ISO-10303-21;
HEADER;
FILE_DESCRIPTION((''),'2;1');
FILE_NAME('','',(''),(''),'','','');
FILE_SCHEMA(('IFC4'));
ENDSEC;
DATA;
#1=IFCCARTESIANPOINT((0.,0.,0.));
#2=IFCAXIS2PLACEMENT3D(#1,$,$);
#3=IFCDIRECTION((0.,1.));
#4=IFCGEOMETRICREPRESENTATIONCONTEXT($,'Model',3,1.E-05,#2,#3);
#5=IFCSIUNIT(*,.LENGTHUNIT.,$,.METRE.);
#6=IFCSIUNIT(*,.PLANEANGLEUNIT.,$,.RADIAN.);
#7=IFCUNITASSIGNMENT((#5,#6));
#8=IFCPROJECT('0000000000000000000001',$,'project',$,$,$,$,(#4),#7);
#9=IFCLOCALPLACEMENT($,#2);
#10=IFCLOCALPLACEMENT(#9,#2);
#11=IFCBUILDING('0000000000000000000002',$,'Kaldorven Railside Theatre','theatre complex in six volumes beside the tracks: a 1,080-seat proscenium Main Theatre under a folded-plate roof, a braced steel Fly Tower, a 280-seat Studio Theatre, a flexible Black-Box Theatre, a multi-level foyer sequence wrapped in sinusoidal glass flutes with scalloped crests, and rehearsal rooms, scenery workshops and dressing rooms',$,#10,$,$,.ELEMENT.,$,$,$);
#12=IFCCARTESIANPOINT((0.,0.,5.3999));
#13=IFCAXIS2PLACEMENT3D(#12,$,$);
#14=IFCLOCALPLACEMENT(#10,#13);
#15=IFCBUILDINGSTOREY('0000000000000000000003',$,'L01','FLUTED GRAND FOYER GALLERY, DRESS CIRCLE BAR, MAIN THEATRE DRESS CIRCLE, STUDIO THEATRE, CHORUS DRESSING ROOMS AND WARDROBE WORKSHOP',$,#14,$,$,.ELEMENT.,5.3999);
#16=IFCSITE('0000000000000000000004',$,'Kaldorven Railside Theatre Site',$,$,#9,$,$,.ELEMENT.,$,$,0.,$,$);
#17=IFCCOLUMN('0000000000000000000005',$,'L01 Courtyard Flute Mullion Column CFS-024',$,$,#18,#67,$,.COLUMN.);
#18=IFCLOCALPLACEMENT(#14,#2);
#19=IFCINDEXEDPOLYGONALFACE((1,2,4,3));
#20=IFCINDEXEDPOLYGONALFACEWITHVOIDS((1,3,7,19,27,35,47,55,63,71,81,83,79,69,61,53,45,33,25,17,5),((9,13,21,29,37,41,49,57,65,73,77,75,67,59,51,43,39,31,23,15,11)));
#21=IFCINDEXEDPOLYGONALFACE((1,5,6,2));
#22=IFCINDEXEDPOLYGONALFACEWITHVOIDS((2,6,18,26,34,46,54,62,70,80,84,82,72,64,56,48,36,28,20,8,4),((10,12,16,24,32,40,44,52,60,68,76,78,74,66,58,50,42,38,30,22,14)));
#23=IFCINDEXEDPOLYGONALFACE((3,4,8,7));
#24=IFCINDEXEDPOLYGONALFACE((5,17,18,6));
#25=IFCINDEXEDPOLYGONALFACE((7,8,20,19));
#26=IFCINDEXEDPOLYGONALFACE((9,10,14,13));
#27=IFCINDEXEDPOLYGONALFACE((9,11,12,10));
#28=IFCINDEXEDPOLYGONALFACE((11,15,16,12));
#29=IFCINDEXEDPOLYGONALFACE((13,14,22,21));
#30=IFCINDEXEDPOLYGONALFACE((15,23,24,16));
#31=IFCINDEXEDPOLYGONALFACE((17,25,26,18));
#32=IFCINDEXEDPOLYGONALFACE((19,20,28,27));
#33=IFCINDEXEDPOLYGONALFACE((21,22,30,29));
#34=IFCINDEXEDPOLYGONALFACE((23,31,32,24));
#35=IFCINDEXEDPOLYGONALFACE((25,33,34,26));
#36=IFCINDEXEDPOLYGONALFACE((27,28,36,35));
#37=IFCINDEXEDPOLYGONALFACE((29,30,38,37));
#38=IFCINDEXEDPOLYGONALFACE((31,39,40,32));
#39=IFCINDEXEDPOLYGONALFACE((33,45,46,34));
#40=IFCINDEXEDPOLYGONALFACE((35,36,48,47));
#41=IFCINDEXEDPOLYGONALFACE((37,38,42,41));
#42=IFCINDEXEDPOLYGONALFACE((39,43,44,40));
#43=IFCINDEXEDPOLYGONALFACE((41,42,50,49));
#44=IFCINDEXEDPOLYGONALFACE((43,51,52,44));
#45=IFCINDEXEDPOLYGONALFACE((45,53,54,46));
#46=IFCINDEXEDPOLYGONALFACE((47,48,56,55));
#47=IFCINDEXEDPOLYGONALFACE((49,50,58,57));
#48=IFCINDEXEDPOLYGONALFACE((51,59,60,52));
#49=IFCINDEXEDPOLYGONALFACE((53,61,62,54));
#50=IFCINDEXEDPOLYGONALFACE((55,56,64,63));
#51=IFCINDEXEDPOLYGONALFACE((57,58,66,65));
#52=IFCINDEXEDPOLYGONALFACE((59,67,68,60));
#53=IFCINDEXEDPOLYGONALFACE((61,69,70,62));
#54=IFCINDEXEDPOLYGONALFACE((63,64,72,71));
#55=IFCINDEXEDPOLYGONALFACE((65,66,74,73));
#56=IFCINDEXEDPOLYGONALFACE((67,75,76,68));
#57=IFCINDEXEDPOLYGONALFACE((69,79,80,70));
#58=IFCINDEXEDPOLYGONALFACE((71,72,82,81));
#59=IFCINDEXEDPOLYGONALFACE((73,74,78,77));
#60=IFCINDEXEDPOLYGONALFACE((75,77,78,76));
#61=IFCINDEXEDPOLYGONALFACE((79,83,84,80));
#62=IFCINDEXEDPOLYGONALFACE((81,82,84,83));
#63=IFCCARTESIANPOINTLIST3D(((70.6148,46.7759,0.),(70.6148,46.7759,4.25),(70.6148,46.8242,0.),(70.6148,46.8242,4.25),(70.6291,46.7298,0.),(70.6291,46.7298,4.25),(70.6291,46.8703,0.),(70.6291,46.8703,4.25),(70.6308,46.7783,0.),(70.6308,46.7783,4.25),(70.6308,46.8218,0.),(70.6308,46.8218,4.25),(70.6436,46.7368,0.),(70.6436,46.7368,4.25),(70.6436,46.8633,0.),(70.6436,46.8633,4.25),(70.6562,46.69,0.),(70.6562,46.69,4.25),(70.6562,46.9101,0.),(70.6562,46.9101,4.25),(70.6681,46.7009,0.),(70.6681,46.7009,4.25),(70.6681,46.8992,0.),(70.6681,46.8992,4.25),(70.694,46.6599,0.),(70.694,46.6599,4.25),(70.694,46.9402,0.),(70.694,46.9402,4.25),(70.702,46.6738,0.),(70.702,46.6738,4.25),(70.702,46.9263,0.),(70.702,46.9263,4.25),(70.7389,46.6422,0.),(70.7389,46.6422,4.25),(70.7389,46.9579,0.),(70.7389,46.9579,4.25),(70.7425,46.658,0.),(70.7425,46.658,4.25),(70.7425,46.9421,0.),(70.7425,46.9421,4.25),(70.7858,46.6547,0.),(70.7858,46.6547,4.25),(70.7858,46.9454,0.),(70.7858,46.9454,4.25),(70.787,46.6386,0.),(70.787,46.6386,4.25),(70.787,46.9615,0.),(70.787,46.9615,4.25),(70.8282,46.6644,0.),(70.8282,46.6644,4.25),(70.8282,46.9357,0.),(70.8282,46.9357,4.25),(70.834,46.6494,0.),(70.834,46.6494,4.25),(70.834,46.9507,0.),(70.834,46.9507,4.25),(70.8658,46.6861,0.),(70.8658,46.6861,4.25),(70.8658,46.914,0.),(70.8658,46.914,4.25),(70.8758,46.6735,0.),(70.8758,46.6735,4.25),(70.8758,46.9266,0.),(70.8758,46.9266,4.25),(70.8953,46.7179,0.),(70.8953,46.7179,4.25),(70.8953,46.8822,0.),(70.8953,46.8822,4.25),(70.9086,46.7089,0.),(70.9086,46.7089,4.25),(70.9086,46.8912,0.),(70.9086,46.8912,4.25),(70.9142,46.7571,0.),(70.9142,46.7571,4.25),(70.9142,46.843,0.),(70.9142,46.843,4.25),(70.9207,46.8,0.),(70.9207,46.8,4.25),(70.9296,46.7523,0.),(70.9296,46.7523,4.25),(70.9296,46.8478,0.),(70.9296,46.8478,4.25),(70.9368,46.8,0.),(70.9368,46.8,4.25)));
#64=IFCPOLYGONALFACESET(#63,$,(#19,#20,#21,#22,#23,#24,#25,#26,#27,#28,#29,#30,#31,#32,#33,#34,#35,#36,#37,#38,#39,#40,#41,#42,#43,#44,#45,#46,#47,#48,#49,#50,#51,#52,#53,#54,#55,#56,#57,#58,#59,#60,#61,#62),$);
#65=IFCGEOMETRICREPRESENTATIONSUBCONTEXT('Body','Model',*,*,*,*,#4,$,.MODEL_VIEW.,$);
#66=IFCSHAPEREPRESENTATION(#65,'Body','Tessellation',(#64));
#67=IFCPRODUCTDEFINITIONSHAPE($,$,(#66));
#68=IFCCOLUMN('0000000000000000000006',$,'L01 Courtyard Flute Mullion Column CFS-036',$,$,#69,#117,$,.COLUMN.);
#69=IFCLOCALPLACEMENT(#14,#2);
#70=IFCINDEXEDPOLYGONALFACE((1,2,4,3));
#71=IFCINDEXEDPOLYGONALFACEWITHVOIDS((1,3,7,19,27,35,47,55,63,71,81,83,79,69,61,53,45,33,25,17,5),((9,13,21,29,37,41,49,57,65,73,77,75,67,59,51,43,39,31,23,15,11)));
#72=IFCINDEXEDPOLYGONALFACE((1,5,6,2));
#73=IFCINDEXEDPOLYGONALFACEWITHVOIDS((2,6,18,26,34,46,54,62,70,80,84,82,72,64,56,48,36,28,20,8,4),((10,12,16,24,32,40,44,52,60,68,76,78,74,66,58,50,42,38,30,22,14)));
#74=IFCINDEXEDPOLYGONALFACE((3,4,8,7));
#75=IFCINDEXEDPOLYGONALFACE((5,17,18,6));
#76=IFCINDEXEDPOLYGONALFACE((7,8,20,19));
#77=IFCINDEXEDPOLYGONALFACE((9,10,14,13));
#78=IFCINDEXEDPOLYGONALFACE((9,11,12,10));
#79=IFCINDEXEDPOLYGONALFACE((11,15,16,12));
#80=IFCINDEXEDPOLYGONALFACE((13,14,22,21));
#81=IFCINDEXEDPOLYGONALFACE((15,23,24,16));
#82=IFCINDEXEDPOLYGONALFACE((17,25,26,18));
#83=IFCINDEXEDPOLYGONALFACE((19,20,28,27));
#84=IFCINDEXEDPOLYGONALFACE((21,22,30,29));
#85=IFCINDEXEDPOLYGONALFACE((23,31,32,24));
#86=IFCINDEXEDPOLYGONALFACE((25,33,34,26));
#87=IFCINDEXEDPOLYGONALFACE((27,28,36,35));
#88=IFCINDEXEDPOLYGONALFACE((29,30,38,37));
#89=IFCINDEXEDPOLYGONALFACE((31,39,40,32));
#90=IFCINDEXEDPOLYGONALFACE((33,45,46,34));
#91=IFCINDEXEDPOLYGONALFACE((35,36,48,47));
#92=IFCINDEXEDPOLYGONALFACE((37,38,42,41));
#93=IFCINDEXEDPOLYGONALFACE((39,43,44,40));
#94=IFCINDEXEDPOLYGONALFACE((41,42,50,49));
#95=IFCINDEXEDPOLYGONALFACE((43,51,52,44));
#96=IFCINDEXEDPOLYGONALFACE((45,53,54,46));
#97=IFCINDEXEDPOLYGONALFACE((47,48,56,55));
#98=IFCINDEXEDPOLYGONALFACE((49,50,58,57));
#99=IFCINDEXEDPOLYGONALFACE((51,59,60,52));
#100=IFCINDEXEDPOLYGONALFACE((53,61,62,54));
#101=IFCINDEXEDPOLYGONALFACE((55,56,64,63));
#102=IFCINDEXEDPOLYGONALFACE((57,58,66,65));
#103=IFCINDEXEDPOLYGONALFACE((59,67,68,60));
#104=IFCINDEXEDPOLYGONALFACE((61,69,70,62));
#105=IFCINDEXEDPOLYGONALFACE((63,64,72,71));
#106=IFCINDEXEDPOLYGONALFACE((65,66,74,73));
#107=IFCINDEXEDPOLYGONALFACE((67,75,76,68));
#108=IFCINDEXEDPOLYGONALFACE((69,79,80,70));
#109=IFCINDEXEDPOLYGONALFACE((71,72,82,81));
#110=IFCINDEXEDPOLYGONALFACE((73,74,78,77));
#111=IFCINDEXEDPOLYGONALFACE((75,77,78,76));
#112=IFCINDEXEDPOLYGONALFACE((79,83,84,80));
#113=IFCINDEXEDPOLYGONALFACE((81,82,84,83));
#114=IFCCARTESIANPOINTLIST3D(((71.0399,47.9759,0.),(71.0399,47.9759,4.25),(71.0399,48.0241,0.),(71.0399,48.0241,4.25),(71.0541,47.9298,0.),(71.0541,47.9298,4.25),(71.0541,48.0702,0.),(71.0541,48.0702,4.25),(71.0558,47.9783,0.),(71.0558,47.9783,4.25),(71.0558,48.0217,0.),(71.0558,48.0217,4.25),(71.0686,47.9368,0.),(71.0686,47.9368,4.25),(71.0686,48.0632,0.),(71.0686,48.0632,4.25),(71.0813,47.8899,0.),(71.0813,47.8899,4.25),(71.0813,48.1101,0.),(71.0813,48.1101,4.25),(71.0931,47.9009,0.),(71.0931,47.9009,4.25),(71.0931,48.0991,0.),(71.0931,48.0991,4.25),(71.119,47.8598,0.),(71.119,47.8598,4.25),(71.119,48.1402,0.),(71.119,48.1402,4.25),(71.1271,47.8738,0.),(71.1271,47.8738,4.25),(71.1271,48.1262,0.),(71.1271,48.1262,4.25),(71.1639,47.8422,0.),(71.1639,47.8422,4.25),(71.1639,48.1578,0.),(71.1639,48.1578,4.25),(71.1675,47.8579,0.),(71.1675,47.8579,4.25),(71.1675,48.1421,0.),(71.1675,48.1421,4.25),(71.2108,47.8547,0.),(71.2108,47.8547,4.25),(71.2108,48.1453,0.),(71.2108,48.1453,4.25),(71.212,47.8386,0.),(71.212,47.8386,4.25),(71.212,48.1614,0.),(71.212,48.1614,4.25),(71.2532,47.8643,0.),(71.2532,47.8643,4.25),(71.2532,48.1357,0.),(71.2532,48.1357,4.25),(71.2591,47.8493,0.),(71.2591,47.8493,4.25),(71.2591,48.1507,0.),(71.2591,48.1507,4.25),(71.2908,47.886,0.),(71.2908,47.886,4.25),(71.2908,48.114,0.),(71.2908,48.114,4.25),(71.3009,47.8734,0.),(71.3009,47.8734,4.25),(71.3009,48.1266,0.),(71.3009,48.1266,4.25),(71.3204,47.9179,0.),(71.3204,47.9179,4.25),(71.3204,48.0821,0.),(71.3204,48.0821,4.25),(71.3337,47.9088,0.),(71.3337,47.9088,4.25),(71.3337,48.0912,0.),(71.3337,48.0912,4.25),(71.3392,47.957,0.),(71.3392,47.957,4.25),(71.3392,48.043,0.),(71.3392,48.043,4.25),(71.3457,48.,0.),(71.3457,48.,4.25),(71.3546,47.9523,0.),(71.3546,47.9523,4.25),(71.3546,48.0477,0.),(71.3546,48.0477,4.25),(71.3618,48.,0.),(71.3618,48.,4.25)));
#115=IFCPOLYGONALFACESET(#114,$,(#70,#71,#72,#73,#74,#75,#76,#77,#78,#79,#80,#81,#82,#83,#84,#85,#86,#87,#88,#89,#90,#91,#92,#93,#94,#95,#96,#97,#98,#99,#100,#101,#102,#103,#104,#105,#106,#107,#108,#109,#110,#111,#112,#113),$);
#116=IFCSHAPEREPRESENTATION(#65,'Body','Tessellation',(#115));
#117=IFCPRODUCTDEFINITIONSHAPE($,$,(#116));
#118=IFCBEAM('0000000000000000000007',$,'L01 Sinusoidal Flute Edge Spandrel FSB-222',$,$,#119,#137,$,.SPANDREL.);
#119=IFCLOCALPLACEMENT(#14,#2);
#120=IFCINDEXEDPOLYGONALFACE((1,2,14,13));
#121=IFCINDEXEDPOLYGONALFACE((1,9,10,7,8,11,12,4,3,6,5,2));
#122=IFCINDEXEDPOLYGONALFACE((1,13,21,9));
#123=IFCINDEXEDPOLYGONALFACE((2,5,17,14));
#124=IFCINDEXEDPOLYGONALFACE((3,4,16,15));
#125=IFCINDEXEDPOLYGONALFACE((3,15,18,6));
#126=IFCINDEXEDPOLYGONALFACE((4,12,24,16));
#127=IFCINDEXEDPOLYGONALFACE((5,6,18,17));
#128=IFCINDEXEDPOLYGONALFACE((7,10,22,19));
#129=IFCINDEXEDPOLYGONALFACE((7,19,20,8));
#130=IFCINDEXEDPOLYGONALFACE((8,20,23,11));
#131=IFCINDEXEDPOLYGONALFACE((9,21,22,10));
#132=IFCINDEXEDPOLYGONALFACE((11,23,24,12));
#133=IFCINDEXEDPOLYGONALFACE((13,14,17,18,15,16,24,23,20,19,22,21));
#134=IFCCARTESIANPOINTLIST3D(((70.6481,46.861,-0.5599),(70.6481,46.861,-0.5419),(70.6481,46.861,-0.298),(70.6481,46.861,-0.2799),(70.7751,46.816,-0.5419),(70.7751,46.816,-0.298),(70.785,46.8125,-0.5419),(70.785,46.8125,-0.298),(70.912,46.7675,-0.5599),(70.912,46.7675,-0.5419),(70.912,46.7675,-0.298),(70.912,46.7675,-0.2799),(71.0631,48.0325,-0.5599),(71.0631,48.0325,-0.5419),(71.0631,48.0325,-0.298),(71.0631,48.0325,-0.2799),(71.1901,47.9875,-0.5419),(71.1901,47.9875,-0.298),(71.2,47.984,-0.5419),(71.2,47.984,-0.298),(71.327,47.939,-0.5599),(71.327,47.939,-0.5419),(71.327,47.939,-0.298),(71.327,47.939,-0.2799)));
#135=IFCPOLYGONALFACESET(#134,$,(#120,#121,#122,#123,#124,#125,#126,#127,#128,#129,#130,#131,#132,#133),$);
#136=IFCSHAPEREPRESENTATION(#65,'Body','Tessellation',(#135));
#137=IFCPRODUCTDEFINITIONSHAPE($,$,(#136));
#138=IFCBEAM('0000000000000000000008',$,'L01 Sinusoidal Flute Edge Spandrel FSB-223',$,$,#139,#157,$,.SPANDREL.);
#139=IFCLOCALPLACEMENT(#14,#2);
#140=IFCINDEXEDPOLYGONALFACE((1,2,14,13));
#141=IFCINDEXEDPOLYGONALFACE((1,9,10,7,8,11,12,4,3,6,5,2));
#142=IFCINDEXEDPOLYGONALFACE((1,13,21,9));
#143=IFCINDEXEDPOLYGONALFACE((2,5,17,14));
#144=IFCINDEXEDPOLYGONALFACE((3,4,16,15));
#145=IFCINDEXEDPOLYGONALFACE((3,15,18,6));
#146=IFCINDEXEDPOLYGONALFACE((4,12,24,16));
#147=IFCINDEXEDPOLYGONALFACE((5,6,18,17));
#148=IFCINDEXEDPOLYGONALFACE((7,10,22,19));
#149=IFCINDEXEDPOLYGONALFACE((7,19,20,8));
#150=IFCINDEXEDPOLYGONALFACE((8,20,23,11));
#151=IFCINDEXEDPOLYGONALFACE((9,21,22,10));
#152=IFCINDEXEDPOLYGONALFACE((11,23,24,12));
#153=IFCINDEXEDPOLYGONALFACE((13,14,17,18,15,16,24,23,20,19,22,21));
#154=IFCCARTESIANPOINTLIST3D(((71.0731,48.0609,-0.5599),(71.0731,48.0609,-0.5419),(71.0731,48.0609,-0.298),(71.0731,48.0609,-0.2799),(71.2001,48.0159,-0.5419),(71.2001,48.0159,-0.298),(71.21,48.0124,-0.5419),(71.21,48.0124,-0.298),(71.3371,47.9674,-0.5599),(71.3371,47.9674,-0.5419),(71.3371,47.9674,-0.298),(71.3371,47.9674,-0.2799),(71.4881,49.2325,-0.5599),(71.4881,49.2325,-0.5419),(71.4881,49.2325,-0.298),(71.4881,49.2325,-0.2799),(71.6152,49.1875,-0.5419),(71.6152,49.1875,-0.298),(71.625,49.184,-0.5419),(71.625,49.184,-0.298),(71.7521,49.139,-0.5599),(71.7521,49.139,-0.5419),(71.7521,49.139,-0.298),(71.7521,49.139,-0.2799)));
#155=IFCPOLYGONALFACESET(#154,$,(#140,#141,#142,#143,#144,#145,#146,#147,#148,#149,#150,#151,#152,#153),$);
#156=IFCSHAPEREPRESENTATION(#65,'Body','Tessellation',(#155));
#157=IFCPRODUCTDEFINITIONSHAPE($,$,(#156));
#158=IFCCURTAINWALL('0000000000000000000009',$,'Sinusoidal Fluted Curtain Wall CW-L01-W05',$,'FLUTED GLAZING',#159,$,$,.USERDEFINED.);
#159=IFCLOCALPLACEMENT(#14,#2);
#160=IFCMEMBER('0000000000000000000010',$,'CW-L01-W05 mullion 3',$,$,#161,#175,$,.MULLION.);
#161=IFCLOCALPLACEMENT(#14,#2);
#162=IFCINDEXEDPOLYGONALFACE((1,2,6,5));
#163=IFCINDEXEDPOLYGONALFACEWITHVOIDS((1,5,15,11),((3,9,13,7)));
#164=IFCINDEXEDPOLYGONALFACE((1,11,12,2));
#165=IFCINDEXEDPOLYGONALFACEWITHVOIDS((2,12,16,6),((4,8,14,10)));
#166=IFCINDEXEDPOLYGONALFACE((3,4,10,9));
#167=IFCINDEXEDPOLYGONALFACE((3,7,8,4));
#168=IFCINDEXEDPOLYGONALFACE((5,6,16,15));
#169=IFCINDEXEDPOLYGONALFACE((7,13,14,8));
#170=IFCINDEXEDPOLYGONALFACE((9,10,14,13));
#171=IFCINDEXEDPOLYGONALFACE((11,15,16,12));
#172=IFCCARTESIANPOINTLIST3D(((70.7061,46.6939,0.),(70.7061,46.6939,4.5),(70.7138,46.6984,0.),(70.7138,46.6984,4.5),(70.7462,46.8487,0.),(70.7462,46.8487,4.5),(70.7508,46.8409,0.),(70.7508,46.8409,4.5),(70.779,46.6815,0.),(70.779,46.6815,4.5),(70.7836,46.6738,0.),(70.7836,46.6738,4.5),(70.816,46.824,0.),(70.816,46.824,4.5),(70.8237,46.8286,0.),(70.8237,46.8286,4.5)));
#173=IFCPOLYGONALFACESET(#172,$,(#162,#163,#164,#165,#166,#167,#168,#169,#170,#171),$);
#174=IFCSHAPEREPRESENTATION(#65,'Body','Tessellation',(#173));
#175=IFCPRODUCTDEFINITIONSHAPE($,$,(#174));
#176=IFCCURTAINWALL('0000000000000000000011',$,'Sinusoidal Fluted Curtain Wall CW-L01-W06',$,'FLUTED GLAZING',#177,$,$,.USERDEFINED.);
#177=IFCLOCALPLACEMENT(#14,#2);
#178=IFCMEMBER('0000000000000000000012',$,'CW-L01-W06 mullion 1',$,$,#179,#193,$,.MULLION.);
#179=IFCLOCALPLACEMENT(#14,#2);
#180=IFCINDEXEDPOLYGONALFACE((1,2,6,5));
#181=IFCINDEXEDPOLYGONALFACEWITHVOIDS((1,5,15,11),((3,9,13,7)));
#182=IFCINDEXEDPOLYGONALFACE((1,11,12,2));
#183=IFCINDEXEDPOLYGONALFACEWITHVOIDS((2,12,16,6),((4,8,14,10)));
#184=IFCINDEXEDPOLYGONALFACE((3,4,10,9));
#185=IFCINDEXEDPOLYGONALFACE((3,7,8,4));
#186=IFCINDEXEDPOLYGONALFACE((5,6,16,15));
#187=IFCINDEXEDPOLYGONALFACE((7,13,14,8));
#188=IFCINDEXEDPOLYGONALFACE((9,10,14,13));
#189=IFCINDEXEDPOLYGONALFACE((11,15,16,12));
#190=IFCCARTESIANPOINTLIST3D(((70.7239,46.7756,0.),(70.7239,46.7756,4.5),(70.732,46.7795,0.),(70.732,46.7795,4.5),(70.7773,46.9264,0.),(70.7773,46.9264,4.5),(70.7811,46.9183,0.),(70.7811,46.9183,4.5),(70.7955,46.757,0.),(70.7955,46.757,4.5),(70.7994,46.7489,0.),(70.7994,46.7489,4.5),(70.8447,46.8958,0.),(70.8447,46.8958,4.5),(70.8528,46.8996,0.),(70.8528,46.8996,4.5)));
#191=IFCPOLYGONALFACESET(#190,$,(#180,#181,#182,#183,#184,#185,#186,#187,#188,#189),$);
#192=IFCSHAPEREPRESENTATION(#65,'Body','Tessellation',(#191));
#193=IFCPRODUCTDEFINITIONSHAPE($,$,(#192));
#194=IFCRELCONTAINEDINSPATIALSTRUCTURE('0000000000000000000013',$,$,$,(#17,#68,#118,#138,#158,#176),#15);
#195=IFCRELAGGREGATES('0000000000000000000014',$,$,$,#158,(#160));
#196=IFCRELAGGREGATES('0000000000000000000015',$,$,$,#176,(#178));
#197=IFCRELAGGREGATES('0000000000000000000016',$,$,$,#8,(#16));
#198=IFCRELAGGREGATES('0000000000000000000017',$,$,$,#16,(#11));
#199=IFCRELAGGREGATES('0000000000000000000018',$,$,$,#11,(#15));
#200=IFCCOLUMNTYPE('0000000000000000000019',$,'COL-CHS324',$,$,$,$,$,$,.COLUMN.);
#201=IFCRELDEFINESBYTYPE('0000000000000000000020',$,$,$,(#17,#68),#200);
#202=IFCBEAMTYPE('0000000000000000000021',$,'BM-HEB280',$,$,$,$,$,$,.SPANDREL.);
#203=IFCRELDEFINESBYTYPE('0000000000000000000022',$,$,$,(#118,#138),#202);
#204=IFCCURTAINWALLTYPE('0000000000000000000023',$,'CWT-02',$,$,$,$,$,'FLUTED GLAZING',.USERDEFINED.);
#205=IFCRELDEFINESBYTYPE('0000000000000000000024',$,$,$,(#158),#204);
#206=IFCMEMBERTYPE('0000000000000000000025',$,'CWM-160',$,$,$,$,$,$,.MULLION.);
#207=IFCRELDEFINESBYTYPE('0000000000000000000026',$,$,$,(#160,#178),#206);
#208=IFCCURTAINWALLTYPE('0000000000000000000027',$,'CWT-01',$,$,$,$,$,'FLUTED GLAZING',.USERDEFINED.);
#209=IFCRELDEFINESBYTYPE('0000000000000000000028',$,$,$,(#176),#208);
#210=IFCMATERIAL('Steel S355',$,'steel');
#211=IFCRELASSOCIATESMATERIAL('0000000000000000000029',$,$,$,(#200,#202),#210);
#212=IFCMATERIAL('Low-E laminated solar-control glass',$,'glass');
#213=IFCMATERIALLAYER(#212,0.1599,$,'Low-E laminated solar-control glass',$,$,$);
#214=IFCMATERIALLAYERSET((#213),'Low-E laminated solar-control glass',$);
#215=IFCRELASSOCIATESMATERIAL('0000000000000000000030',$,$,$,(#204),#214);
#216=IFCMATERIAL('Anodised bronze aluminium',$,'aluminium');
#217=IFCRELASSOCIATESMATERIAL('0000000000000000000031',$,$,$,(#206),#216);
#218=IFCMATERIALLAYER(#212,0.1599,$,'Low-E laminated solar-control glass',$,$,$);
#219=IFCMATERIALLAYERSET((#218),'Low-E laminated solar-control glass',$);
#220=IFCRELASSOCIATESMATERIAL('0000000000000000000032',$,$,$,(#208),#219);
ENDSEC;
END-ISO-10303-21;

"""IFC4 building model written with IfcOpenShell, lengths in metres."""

from ifc_helpers import new_model, si_unit, direction, frame, origin, origin_2d, place, context, subcontext, project, spatial, hollow_rectangle, hollow_circle, i_section, extrude, material, layer, layer_set, material_profile, profile_set, type_object, element, aggregate, save


model = new_model("IFC4")

# Units and contexts
model_context = context("Model", 3, precision=1e-05, world=origin(), true_north=direction((0.0, 1.0)))
body_context = subcontext(model_context, "Body", "Model", "MODEL_VIEW")
ifc_project = project(units=[si_unit("LENGTHUNIT", "METRE"), si_unit("PLANEANGLEUNIT", "RADIAN")], contexts=[model_context])

# Site, building, storey
site_placement = place(None, origin())
site = spatial("IfcSite", under=ifc_project, at=site_placement, Name="Kaldorven Railside Theatre Site", CompositionType="ELEMENT", RefElevation=0.0)
building_placement = place(site_placement, origin())
building = spatial("IfcBuilding", under=site, at=building_placement, Name="Kaldorven Railside Theatre", Description="theatre complex in six volumes beside the tracks: a 1,080-seat proscenium Main Theatre under a folded-plate roof, a braced steel Fly Tower, a 280-seat Studio Theatre, a flexible Black-Box Theatre, a multi-level foyer sequence wrapped in sinusoidal glass flutes with scalloped crests, and rehearsal rooms, scenery workshops and dressing rooms", CompositionType="ELEMENT")
storey_placement = place(building_placement, frame((0.0, 0.0, 5.3999)))
storey = spatial("IfcBuildingStorey", under=building, at=storey_placement, Name="L01", Description="FLUTED GRAND FOYER GALLERY, DRESS CIRCLE BAR, MAIN THEATRE DRESS CIRCLE, STUDIO THEATRE, CHORUS DRESSING ROOMS AND WARDROBE WORKSHOP", CompositionType="ELEMENT", Elevation=5.3999)

# Columns
ifc_material_1 = material(Name="Steel S355", Category="steel")
ifc_material_profile_1 = material_profile(ifc_material_1, hollow_circle(Radius=0.1619, WallThickness=0.0161, at=origin_2d()), Name="CHS 323.9x16")
ifc_profile_set_1 = profile_set([ifc_material_profile_1], Name="Steel S355")
column_type = type_object("IfcColumnType", Name="COL-CHS324", PredefinedType="COLUMN", material=ifc_profile_set_1)
for number, where, z_axis, x_axis, name in (
    (1, (70.7749, 46.8, 0.0), (0.0, 0.0, 1.0), (1.0, 0.0, 0.0), "L01 Courtyard Flute Mullion Column CFS-024"),
    (2, (71.2, 48.0, 0.0), (0.0, 0.0, 1.0), (1.0, 0.0, 0.0), "L01 Courtyard Flute Mullion Column CFS-036"),
):
    element("IfcColumn", number, at=place(storey_placement, frame(where, z_axis=z_axis, x_axis=x_axis)), inside=storey, type_object=column_type, Name=name, PredefinedType="COLUMN", context=body_context, shape_type="SweptSolid", body=[
        extrude(hollow_circle(Radius=0.1619, WallThickness=0.0161, at=origin_2d()), origin(), (0.0, 0.0, 1.0), 4.25),
    ])

# Beams
ifc_material_profile_2 = material_profile(ifc_material_1, i_section(OverallWidth=0.28, OverallDepth=0.28, WebThickness=0.0105, FlangeThickness=0.0181, at=origin_2d()), Name="HEB 280")
ifc_profile_set_2 = profile_set([ifc_material_profile_2], Name="Steel S355")
beam_type = type_object("IfcBeamType", Name="BM-HEB280", PredefinedType="SPANDREL", material=ifc_profile_set_2)
for number, where, z_axis, x_axis, name in (
    (3, (70.78, 46.8142, -0.4199), (0.333909, 0.942605, 0.0), (-0.942605, 0.333909, 0.0), "L01 Sinusoidal Flute Edge Spandrel FSB-222"),
    (4, (71.2051, 48.0142, -0.4199), (0.333909, 0.942605, 0.0), (-0.942605, 0.333909, 0.0), "L01 Sinusoidal Flute Edge Spandrel FSB-223"),
):
    element("IfcBeam", number, at=place(storey_placement, frame(where, z_axis=z_axis, x_axis=x_axis)), inside=storey, type_object=beam_type, Name=name, PredefinedType="SPANDREL", context=body_context, shape_type="SweptSolid", body=[
        extrude(i_section(OverallWidth=0.28, OverallDepth=0.28, WebThickness=0.0105, FlangeThickness=0.0181, at=origin_2d()), origin(), (0.0, 0.0, 1.0), 1.2429),
    ])

# Curtain wall, member
ifc_material_2 = material(Name="Low-E laminated solar-control glass", Category="glass")
ifc_layer_1 = layer(ifc_material_2, 0.1599, Name="Low-E laminated solar-control glass")
ifc_layer_set_1 = layer_set([ifc_layer_1], Name="Low-E laminated solar-control glass")
curtain_wall_type_1 = type_object("IfcCurtainWallType", Name="CWT-02", ElementType="FLUTED GLAZING", PredefinedType="USERDEFINED", material=ifc_layer_set_1)
curtain_wall_1_placement = place(storey_placement, origin())
curtain_wall_1 = element("IfcCurtainWall", 5, at=curtain_wall_1_placement, inside=storey, type_object=curtain_wall_type_1, Name="Sinusoidal Fluted Curtain Wall CW-L01-W05", ObjectType="FLUTED GLAZING", PredefinedType="USERDEFINED")
ifc_material_3 = material(Name="Anodised bronze aluminium", Category="aluminium")
ifc_material_profile_3 = material_profile(ifc_material_3, hollow_rectangle(XDim=0.0801, YDim=0.1599, WallThickness=0.0063, at=origin_2d()), Name="RHS 160x80x6.3")
ifc_profile_set_3 = profile_set([ifc_material_profile_3], Name="Anodised bronze aluminium")
member_type_1 = type_object("IfcMemberType", Name="CWM-160", PredefinedType="MULLION", material=ifc_profile_set_3)
member_1_placement = place(storey_placement, frame((70.7649, 46.7612, 0.0), z_axis=(0.0, 0.0, 1.0), x_axis=(-0.967999, 0.250954, 0.0)))
member_1 = element("IfcMember", 6, at=member_1_placement, type_object=member_type_1, Name="CW-L01-W05 mullion 3", PredefinedType="MULLION", context=body_context, shape_type="SweptSolid", body=[
    extrude(hollow_rectangle(XDim=0.0801, YDim=0.1599, WallThickness=0.0063, at=origin_2d()), origin(), (0.0, 0.0, 1.0), 4.5),
])

# Curtain wall, member
ifc_layer_2 = layer(ifc_material_2, 0.1599, Name="Low-E laminated solar-control glass")
ifc_layer_set_2 = layer_set([ifc_layer_2], Name="Low-E laminated solar-control glass")
curtain_wall_type_2 = type_object("IfcCurtainWallType", Name="CWT-01", ElementType="FLUTED GLAZING", PredefinedType="USERDEFINED", material=ifc_layer_set_2)
curtain_wall_2_placement = place(storey_placement, origin())
curtain_wall_2 = element("IfcCurtainWall", 7, at=curtain_wall_2_placement, inside=storey, type_object=curtain_wall_type_2, Name="Sinusoidal Fluted Curtain Wall CW-L01-W06", ObjectType="FLUTED GLAZING", PredefinedType="USERDEFINED")
member_2_placement = place(storey_placement, frame((70.7883, 46.8376, 0.0), z_axis=(0.0, 0.0, 1.0), x_axis=(-0.942627, 0.333847, 0.0)))
member_2 = element("IfcMember", 8, at=member_2_placement, type_object=member_type_1, Name="CW-L01-W06 mullion 1", PredefinedType="MULLION", context=body_context, shape_type="SweptSolid", body=[
    extrude(hollow_rectangle(XDim=0.0801, YDim=0.1599, WallThickness=0.0063, at=origin_2d()), origin(), (0.0, 0.0, 1.0), 4.5),
])

aggregate(curtain_wall_1, [member_1])
aggregate(curtain_wall_2, [member_2])

save(model, "model.ifc")
